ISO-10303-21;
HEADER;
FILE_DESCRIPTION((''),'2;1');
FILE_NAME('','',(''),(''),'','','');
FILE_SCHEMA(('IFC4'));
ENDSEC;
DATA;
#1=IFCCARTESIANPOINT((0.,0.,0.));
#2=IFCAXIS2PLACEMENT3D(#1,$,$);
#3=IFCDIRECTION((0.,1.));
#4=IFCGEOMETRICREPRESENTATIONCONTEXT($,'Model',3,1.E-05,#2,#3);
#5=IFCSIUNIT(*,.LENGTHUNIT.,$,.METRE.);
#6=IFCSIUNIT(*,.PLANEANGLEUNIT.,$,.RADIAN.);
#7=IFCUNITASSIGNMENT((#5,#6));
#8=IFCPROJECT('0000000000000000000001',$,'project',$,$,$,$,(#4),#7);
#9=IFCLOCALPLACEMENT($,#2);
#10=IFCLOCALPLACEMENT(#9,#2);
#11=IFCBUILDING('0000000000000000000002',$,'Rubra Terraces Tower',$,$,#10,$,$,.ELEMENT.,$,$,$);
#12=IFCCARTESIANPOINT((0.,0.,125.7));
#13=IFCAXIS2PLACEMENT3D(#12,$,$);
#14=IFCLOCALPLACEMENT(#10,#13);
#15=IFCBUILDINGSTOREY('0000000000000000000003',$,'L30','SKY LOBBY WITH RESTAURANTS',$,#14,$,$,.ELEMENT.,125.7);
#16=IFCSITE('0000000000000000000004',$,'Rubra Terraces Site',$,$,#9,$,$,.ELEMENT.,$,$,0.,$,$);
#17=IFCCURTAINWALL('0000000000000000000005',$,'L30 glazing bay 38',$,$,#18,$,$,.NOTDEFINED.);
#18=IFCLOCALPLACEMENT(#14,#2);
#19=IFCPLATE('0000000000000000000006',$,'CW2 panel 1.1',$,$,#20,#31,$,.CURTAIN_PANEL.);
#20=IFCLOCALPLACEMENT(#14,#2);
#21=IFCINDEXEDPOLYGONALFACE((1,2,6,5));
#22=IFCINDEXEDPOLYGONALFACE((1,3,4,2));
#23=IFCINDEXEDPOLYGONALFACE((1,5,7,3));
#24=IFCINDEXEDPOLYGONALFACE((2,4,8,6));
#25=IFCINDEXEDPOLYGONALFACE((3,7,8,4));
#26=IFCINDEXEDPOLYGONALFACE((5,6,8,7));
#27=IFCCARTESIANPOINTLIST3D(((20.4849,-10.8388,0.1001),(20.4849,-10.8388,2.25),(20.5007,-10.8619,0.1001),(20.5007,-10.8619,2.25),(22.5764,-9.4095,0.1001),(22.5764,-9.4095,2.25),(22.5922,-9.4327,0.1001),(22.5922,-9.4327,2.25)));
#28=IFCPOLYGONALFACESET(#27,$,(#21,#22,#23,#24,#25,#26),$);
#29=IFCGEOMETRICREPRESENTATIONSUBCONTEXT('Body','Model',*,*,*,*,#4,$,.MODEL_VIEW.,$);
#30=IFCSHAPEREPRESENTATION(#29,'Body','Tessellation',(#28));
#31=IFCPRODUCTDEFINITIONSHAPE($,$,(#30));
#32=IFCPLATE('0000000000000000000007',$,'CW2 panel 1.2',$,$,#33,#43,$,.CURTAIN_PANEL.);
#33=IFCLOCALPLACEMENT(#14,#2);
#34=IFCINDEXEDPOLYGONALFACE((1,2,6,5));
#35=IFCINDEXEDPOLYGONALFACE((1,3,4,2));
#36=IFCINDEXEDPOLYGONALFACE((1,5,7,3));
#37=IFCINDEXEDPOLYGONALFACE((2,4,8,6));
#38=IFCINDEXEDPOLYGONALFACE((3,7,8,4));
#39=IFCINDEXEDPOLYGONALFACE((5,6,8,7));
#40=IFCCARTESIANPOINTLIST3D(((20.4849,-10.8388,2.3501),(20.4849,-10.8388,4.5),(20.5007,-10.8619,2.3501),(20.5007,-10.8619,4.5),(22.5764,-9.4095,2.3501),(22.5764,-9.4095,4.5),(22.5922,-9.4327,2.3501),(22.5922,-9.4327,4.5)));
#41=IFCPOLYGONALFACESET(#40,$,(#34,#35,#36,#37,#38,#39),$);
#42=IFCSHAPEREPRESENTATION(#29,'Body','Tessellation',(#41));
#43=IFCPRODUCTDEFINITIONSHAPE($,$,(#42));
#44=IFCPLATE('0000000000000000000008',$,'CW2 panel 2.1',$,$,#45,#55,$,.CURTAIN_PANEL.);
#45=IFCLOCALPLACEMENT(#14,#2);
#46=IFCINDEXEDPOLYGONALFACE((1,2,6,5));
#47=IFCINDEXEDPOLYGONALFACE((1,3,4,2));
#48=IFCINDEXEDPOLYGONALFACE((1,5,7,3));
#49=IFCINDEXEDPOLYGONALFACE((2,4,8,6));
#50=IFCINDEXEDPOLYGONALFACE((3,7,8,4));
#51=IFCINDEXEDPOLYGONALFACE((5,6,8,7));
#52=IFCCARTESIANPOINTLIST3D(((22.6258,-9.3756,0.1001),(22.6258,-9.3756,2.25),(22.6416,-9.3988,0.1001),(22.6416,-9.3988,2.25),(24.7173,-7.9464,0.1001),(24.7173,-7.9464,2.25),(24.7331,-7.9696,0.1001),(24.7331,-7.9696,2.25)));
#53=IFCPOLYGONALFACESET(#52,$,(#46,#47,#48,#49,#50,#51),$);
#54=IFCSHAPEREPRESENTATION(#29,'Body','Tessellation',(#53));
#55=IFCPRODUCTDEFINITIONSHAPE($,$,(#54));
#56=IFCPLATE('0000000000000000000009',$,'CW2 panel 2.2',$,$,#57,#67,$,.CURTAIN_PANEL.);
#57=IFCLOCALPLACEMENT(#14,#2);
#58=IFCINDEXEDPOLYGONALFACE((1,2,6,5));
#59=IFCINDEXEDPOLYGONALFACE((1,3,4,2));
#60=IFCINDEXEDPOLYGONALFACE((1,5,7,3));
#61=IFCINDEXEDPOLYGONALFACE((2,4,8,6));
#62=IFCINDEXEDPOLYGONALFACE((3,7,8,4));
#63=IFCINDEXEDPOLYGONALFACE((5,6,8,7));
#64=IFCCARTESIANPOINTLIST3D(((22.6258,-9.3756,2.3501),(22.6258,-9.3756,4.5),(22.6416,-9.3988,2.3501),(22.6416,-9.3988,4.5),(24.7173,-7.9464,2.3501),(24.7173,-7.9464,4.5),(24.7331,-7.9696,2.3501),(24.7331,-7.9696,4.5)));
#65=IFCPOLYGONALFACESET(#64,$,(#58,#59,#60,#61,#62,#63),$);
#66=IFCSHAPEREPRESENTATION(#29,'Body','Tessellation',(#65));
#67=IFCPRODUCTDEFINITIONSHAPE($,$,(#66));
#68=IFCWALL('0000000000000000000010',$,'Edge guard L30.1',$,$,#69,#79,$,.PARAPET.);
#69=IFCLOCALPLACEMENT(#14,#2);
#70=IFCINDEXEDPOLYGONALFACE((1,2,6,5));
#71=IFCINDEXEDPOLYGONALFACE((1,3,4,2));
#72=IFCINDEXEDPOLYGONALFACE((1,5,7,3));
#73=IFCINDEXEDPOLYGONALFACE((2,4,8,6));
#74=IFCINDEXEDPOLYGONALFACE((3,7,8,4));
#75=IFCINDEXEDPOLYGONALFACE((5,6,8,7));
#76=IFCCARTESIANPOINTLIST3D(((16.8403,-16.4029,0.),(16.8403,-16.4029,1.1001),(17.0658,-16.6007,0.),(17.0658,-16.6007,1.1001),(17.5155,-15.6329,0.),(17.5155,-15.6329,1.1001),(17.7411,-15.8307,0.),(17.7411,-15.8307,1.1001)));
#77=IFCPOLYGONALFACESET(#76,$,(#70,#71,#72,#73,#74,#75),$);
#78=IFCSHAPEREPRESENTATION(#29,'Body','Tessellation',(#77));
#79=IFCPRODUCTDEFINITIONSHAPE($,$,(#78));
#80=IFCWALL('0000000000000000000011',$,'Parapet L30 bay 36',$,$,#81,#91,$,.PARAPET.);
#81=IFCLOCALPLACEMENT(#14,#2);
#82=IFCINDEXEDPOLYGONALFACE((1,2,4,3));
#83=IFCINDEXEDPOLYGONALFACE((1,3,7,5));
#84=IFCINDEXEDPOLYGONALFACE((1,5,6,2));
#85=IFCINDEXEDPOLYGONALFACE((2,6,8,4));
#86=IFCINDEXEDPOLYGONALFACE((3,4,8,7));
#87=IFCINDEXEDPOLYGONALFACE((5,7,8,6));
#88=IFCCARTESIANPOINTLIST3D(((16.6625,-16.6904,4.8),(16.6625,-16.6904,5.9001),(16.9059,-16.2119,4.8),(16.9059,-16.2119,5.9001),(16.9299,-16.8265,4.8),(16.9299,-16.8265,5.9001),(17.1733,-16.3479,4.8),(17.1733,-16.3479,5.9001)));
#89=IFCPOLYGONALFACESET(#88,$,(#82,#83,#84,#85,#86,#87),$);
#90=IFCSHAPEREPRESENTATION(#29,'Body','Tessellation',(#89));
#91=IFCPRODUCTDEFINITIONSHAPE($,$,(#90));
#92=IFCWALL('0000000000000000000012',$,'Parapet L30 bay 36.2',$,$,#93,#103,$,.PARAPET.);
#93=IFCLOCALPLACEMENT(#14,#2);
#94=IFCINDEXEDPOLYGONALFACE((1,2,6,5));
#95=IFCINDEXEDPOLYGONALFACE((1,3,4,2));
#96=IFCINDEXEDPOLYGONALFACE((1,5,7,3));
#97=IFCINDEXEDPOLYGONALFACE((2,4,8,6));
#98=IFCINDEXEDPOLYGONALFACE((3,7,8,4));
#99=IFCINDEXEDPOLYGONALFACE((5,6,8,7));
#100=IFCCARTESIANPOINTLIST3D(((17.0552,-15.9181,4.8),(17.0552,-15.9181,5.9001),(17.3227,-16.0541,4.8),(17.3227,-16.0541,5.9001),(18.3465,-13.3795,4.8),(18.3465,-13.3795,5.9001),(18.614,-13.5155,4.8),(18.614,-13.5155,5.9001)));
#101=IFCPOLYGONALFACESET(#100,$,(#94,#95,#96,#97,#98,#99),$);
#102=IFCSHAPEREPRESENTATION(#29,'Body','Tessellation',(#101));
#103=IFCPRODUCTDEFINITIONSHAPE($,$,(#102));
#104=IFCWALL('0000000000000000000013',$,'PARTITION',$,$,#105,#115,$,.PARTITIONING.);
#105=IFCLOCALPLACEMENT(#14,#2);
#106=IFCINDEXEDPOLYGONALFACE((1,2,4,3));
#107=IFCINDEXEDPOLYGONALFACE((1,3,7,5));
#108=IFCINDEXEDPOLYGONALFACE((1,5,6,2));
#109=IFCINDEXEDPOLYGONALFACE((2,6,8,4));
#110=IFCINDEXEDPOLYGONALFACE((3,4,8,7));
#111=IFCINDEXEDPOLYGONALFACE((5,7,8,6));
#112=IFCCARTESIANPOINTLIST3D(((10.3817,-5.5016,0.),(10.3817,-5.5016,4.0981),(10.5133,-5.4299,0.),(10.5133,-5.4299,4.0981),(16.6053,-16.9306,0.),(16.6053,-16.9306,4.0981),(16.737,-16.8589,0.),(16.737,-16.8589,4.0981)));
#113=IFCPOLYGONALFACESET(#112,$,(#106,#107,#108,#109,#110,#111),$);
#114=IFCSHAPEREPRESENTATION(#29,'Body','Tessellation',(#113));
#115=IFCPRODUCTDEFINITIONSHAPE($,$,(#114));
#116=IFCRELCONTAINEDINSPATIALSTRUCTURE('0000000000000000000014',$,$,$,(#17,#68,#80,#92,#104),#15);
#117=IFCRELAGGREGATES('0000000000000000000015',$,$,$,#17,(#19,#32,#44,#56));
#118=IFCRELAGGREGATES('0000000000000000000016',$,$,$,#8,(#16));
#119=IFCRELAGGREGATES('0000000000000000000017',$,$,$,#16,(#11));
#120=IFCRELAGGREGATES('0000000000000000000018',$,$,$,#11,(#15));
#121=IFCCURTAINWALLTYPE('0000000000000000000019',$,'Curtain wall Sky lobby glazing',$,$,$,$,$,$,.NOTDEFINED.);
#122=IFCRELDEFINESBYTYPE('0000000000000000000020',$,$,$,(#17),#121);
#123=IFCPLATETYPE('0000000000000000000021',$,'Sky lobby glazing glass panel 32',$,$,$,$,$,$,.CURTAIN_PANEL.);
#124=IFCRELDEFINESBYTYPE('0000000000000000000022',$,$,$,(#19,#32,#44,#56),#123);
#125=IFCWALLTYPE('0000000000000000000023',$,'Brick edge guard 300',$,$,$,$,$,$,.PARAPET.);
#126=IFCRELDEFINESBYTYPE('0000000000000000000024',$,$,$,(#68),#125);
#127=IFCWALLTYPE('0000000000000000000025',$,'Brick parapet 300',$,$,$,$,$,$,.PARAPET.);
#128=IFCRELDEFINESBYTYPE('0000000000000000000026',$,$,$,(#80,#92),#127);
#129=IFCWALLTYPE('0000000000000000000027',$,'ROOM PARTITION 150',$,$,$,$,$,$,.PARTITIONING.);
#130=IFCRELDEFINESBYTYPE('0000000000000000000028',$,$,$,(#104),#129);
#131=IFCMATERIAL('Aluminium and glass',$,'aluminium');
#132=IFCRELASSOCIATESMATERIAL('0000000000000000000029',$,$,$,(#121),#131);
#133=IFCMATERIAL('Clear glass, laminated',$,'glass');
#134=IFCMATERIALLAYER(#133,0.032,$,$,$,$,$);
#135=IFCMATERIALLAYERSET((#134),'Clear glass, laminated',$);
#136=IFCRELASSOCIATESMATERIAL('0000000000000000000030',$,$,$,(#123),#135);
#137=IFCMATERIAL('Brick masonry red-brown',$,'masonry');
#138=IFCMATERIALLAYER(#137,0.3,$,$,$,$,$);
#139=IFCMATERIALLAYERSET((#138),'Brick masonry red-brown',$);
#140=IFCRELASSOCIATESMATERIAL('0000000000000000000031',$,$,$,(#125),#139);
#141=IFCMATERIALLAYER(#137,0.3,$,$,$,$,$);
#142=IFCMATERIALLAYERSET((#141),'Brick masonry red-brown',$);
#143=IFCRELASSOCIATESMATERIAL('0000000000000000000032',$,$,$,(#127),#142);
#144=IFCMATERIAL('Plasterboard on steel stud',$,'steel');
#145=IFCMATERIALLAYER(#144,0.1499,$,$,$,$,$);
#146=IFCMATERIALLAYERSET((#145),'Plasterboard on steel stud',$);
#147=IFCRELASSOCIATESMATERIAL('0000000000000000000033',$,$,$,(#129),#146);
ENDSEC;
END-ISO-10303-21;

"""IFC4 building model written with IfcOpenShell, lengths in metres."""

from ifc_helpers import new_model, si_unit, direction, frame, frame_2d, origin, origin_2d, place, context, subcontext, project, spatial, rectangle, extrude, material, layer, layer_set, type_object, element, aggregate, save


model = new_model("IFC4")

# Units and contexts
model_context = context("Model", 3, precision=1e-05, world=origin(), true_north=direction((0.0, 1.0)))
body_context = subcontext(model_context, "Body", "Model", "MODEL_VIEW")
ifc_project = project(units=[si_unit("LENGTHUNIT", "METRE"), si_unit("PLANEANGLEUNIT", "RADIAN")], contexts=[model_context])

# Site, building, storey
site_placement = place(None, origin())
site = spatial("IfcSite", under=ifc_project, at=site_placement, Name="Rubra Terraces Site", CompositionType="ELEMENT", RefElevation=0.0)
building_placement = place(site_placement, origin())
building = spatial("IfcBuilding", under=site, at=building_placement, Name="Rubra Terraces Tower", CompositionType="ELEMENT")
storey_placement = place(building_placement, frame((0.0, 0.0, 125.7)))
storey = spatial("IfcBuildingStorey", under=building, at=storey_placement, Name="L30", Description="SKY LOBBY WITH RESTAURANTS", CompositionType="ELEMENT", Elevation=125.7)

# Shared definitions
ifc_material_1 = material(Name="Aluminium and glass", Category="aluminium")
curtain_wall_type = type_object("IfcCurtainWallType", Name="Curtain wall Sky lobby glazing", PredefinedType="NOTDEFINED", material=ifc_material_1)

# Curtain wall
curtain_wall_1_placement = place(storey_placement, origin())
curtain_wall_1 = element("IfcCurtainWall", 1, at=curtain_wall_1_placement, inside=storey, type_object=curtain_wall_type, Name="L30 glazing bay 38", PredefinedType="NOTDEFINED")

# Plates
ifc_material_2 = material(Name="Clear glass, laminated", Category="glass")
ifc_layer_1 = layer(ifc_material_2, 0.032)
ifc_layer_set_1 = layer_set([ifc_layer_1], Name="Clear glass, laminated")
plate_type = type_object("IfcPlateType", Name="Sky lobby glazing glass panel 32", PredefinedType="CURTAIN_PANEL", material=ifc_layer_set_1)
plate_1_placement = place(storey_placement, frame((21.5386, -10.1357, 0.1001), z_axis=(0.0, 0.0, 1.0), x_axis=(0.825638, 0.5642, 0.0)))
plate_1 = element("IfcPlate", 2, at=plate_1_placement, type_object=plate_type, Name="CW2 panel 1.1", PredefinedType="CURTAIN_PANEL", context=body_context, shape_type="SweptSolid", body=[
    extrude(rectangle(XDim=2.5332, YDim=0.0281, at=origin_2d()), origin(), (0.0, 0.0, 1.0), 2.1499),
])
plate_2_placement = place(storey_placement, frame((21.5386, -10.1357, 2.3501), z_axis=(0.0, 0.0, 1.0), x_axis=(0.825638, 0.5642, 0.0)))
plate_2 = element("IfcPlate", 3, at=plate_2_placement, type_object=plate_type, Name="CW2 panel 1.2", PredefinedType="CURTAIN_PANEL", context=body_context, shape_type="SweptSolid", body=[
    extrude(rectangle(XDim=2.5332, YDim=0.0281, at=origin_2d()), origin(), (0.0, 0.0, 1.0), 2.1499),
])
plate_3_placement = place(storey_placement, frame((23.6794, -8.6726, 0.1001), z_axis=(0.0, 0.0, 1.0), x_axis=(0.825638, 0.5642, 0.0)))
plate_3 = element("IfcPlate", 4, at=plate_3_placement, type_object=plate_type, Name="CW2 panel 2.1", PredefinedType="CURTAIN_PANEL", context=body_context, shape_type="SweptSolid", body=[
    extrude(rectangle(XDim=2.5332, YDim=0.0281, at=origin_2d()), origin(), (0.0, 0.0, 1.0), 2.1499),
])
plate_4_placement = place(storey_placement, frame((23.6794, -8.6726, 2.3501), z_axis=(0.0, 0.0, 1.0), x_axis=(0.825638, 0.5642, 0.0)))
plate_4 = element("IfcPlate", 5, at=plate_4_placement, type_object=plate_type, Name="CW2 panel 2.2", PredefinedType="CURTAIN_PANEL", context=body_context, shape_type="SweptSolid", body=[
    extrude(rectangle(XDim=2.5332, YDim=0.0281, at=origin_2d()), origin(), (0.0, 0.0, 1.0), 2.1499),
])
aggregate(curtain_wall_1, [plate_1, plate_2, plate_3, plate_4])

# Walls
ifc_material_3 = material(Name="Brick masonry red-brown", Category="masonry")
ifc_layer_2 = layer(ifc_material_3, 0.3)
ifc_layer_set_2 = layer_set([ifc_layer_2], Name="Brick masonry red-brown")
wall_type_1 = type_object("IfcWallType", Name="Brick edge guard 300", PredefinedType="PARAPET", material=ifc_layer_set_2)
wall_1_placement = place(storey_placement, frame((17.6284, -15.7317, 0.0), z_axis=(0.0, 0.0, 1.0), x_axis=(-0.659348, -0.751838, 0.0)))
element("IfcWall", 6, at=wall_1_placement, inside=storey, type_object=wall_type_1, Name="Edge guard L30.1", PredefinedType="PARAPET", context=body_context, shape_type="SweptSolid", body=[
    extrude(rectangle(XDim=1.0242, YDim=0.3, at=frame_2d((0.5122, 0.0))), origin(), (0.0, 0.0, 1.0), 1.1001),
])
ifc_layer_3 = layer(ifc_material_3, 0.3)
ifc_layer_set_3 = layer_set([ifc_layer_3], Name="Brick masonry red-brown")
wall_type_2 = type_object("IfcWallType", Name="Brick parapet 300", PredefinedType="PARAPET", material=ifc_layer_set_3)
wall_2_placement = place(storey_placement, frame((16.7961, -16.7585, 4.8), z_axis=(0.0, 0.0, 1.0), x_axis=(0.453388, 0.891313, 0.0)))
element("IfcWall", 7, at=wall_2_placement, inside=storey, type_object=wall_type_2, Name="Parapet L30 bay 36", PredefinedType="PARAPET", context=body_context, shape_type="SweptSolid", body=[
    extrude(rectangle(XDim=0.5369, YDim=0.3, at=frame_2d((0.2686, 0.0))), origin(), (0.0, 0.0, 1.0), 1.1001),
])
wall_3_placement = place(storey_placement, frame((17.189, -15.9861, 4.8), z_axis=(0.0, 0.0, 1.0), x_axis=(0.453375, 0.89132, 0.0)))
element("IfcWall", 8, at=wall_3_placement, inside=storey, type_object=wall_type_2, Name="Parapet L30 bay 36.2", PredefinedType="PARAPET", context=body_context, shape_type="SweptSolid", body=[
    extrude(rectangle(XDim=2.8481, YDim=0.3, at=frame_2d((1.4241, 0.0))), origin(), (0.0, 0.0, 1.0), 1.1001),
])
ifc_material_4 = material(Name="Plasterboard on steel stud", Category="steel")
ifc_layer_4 = layer(ifc_material_4, 0.1499)
ifc_layer_set_4 = layer_set([ifc_layer_4], Name="Plasterboard on steel stud")
wall_type_3 = type_object("IfcWallType", Name="ROOM PARTITION 150", PredefinedType="PARTITIONING", material=ifc_layer_set_4)
wall_4_placement = place(storey_placement, frame((16.6711, -16.8948, 0.0), z_axis=(0.0, 0.0, 1.0), x_axis=(-0.478239, 0.878229, 0.0)))
element("IfcWall", 9, at=wall_4_placement, inside=storey, type_object=wall_type_3, Name="PARTITION", PredefinedType="PARTITIONING", context=body_context, shape_type="SweptSolid", body=[
    extrude(rectangle(XDim=13.0137, YDim=0.1499, at=frame_2d((6.5068, 0.0))), origin(), (0.0, 0.0, 1.0), 4.0981),
])

save(model, "model.ifc")
